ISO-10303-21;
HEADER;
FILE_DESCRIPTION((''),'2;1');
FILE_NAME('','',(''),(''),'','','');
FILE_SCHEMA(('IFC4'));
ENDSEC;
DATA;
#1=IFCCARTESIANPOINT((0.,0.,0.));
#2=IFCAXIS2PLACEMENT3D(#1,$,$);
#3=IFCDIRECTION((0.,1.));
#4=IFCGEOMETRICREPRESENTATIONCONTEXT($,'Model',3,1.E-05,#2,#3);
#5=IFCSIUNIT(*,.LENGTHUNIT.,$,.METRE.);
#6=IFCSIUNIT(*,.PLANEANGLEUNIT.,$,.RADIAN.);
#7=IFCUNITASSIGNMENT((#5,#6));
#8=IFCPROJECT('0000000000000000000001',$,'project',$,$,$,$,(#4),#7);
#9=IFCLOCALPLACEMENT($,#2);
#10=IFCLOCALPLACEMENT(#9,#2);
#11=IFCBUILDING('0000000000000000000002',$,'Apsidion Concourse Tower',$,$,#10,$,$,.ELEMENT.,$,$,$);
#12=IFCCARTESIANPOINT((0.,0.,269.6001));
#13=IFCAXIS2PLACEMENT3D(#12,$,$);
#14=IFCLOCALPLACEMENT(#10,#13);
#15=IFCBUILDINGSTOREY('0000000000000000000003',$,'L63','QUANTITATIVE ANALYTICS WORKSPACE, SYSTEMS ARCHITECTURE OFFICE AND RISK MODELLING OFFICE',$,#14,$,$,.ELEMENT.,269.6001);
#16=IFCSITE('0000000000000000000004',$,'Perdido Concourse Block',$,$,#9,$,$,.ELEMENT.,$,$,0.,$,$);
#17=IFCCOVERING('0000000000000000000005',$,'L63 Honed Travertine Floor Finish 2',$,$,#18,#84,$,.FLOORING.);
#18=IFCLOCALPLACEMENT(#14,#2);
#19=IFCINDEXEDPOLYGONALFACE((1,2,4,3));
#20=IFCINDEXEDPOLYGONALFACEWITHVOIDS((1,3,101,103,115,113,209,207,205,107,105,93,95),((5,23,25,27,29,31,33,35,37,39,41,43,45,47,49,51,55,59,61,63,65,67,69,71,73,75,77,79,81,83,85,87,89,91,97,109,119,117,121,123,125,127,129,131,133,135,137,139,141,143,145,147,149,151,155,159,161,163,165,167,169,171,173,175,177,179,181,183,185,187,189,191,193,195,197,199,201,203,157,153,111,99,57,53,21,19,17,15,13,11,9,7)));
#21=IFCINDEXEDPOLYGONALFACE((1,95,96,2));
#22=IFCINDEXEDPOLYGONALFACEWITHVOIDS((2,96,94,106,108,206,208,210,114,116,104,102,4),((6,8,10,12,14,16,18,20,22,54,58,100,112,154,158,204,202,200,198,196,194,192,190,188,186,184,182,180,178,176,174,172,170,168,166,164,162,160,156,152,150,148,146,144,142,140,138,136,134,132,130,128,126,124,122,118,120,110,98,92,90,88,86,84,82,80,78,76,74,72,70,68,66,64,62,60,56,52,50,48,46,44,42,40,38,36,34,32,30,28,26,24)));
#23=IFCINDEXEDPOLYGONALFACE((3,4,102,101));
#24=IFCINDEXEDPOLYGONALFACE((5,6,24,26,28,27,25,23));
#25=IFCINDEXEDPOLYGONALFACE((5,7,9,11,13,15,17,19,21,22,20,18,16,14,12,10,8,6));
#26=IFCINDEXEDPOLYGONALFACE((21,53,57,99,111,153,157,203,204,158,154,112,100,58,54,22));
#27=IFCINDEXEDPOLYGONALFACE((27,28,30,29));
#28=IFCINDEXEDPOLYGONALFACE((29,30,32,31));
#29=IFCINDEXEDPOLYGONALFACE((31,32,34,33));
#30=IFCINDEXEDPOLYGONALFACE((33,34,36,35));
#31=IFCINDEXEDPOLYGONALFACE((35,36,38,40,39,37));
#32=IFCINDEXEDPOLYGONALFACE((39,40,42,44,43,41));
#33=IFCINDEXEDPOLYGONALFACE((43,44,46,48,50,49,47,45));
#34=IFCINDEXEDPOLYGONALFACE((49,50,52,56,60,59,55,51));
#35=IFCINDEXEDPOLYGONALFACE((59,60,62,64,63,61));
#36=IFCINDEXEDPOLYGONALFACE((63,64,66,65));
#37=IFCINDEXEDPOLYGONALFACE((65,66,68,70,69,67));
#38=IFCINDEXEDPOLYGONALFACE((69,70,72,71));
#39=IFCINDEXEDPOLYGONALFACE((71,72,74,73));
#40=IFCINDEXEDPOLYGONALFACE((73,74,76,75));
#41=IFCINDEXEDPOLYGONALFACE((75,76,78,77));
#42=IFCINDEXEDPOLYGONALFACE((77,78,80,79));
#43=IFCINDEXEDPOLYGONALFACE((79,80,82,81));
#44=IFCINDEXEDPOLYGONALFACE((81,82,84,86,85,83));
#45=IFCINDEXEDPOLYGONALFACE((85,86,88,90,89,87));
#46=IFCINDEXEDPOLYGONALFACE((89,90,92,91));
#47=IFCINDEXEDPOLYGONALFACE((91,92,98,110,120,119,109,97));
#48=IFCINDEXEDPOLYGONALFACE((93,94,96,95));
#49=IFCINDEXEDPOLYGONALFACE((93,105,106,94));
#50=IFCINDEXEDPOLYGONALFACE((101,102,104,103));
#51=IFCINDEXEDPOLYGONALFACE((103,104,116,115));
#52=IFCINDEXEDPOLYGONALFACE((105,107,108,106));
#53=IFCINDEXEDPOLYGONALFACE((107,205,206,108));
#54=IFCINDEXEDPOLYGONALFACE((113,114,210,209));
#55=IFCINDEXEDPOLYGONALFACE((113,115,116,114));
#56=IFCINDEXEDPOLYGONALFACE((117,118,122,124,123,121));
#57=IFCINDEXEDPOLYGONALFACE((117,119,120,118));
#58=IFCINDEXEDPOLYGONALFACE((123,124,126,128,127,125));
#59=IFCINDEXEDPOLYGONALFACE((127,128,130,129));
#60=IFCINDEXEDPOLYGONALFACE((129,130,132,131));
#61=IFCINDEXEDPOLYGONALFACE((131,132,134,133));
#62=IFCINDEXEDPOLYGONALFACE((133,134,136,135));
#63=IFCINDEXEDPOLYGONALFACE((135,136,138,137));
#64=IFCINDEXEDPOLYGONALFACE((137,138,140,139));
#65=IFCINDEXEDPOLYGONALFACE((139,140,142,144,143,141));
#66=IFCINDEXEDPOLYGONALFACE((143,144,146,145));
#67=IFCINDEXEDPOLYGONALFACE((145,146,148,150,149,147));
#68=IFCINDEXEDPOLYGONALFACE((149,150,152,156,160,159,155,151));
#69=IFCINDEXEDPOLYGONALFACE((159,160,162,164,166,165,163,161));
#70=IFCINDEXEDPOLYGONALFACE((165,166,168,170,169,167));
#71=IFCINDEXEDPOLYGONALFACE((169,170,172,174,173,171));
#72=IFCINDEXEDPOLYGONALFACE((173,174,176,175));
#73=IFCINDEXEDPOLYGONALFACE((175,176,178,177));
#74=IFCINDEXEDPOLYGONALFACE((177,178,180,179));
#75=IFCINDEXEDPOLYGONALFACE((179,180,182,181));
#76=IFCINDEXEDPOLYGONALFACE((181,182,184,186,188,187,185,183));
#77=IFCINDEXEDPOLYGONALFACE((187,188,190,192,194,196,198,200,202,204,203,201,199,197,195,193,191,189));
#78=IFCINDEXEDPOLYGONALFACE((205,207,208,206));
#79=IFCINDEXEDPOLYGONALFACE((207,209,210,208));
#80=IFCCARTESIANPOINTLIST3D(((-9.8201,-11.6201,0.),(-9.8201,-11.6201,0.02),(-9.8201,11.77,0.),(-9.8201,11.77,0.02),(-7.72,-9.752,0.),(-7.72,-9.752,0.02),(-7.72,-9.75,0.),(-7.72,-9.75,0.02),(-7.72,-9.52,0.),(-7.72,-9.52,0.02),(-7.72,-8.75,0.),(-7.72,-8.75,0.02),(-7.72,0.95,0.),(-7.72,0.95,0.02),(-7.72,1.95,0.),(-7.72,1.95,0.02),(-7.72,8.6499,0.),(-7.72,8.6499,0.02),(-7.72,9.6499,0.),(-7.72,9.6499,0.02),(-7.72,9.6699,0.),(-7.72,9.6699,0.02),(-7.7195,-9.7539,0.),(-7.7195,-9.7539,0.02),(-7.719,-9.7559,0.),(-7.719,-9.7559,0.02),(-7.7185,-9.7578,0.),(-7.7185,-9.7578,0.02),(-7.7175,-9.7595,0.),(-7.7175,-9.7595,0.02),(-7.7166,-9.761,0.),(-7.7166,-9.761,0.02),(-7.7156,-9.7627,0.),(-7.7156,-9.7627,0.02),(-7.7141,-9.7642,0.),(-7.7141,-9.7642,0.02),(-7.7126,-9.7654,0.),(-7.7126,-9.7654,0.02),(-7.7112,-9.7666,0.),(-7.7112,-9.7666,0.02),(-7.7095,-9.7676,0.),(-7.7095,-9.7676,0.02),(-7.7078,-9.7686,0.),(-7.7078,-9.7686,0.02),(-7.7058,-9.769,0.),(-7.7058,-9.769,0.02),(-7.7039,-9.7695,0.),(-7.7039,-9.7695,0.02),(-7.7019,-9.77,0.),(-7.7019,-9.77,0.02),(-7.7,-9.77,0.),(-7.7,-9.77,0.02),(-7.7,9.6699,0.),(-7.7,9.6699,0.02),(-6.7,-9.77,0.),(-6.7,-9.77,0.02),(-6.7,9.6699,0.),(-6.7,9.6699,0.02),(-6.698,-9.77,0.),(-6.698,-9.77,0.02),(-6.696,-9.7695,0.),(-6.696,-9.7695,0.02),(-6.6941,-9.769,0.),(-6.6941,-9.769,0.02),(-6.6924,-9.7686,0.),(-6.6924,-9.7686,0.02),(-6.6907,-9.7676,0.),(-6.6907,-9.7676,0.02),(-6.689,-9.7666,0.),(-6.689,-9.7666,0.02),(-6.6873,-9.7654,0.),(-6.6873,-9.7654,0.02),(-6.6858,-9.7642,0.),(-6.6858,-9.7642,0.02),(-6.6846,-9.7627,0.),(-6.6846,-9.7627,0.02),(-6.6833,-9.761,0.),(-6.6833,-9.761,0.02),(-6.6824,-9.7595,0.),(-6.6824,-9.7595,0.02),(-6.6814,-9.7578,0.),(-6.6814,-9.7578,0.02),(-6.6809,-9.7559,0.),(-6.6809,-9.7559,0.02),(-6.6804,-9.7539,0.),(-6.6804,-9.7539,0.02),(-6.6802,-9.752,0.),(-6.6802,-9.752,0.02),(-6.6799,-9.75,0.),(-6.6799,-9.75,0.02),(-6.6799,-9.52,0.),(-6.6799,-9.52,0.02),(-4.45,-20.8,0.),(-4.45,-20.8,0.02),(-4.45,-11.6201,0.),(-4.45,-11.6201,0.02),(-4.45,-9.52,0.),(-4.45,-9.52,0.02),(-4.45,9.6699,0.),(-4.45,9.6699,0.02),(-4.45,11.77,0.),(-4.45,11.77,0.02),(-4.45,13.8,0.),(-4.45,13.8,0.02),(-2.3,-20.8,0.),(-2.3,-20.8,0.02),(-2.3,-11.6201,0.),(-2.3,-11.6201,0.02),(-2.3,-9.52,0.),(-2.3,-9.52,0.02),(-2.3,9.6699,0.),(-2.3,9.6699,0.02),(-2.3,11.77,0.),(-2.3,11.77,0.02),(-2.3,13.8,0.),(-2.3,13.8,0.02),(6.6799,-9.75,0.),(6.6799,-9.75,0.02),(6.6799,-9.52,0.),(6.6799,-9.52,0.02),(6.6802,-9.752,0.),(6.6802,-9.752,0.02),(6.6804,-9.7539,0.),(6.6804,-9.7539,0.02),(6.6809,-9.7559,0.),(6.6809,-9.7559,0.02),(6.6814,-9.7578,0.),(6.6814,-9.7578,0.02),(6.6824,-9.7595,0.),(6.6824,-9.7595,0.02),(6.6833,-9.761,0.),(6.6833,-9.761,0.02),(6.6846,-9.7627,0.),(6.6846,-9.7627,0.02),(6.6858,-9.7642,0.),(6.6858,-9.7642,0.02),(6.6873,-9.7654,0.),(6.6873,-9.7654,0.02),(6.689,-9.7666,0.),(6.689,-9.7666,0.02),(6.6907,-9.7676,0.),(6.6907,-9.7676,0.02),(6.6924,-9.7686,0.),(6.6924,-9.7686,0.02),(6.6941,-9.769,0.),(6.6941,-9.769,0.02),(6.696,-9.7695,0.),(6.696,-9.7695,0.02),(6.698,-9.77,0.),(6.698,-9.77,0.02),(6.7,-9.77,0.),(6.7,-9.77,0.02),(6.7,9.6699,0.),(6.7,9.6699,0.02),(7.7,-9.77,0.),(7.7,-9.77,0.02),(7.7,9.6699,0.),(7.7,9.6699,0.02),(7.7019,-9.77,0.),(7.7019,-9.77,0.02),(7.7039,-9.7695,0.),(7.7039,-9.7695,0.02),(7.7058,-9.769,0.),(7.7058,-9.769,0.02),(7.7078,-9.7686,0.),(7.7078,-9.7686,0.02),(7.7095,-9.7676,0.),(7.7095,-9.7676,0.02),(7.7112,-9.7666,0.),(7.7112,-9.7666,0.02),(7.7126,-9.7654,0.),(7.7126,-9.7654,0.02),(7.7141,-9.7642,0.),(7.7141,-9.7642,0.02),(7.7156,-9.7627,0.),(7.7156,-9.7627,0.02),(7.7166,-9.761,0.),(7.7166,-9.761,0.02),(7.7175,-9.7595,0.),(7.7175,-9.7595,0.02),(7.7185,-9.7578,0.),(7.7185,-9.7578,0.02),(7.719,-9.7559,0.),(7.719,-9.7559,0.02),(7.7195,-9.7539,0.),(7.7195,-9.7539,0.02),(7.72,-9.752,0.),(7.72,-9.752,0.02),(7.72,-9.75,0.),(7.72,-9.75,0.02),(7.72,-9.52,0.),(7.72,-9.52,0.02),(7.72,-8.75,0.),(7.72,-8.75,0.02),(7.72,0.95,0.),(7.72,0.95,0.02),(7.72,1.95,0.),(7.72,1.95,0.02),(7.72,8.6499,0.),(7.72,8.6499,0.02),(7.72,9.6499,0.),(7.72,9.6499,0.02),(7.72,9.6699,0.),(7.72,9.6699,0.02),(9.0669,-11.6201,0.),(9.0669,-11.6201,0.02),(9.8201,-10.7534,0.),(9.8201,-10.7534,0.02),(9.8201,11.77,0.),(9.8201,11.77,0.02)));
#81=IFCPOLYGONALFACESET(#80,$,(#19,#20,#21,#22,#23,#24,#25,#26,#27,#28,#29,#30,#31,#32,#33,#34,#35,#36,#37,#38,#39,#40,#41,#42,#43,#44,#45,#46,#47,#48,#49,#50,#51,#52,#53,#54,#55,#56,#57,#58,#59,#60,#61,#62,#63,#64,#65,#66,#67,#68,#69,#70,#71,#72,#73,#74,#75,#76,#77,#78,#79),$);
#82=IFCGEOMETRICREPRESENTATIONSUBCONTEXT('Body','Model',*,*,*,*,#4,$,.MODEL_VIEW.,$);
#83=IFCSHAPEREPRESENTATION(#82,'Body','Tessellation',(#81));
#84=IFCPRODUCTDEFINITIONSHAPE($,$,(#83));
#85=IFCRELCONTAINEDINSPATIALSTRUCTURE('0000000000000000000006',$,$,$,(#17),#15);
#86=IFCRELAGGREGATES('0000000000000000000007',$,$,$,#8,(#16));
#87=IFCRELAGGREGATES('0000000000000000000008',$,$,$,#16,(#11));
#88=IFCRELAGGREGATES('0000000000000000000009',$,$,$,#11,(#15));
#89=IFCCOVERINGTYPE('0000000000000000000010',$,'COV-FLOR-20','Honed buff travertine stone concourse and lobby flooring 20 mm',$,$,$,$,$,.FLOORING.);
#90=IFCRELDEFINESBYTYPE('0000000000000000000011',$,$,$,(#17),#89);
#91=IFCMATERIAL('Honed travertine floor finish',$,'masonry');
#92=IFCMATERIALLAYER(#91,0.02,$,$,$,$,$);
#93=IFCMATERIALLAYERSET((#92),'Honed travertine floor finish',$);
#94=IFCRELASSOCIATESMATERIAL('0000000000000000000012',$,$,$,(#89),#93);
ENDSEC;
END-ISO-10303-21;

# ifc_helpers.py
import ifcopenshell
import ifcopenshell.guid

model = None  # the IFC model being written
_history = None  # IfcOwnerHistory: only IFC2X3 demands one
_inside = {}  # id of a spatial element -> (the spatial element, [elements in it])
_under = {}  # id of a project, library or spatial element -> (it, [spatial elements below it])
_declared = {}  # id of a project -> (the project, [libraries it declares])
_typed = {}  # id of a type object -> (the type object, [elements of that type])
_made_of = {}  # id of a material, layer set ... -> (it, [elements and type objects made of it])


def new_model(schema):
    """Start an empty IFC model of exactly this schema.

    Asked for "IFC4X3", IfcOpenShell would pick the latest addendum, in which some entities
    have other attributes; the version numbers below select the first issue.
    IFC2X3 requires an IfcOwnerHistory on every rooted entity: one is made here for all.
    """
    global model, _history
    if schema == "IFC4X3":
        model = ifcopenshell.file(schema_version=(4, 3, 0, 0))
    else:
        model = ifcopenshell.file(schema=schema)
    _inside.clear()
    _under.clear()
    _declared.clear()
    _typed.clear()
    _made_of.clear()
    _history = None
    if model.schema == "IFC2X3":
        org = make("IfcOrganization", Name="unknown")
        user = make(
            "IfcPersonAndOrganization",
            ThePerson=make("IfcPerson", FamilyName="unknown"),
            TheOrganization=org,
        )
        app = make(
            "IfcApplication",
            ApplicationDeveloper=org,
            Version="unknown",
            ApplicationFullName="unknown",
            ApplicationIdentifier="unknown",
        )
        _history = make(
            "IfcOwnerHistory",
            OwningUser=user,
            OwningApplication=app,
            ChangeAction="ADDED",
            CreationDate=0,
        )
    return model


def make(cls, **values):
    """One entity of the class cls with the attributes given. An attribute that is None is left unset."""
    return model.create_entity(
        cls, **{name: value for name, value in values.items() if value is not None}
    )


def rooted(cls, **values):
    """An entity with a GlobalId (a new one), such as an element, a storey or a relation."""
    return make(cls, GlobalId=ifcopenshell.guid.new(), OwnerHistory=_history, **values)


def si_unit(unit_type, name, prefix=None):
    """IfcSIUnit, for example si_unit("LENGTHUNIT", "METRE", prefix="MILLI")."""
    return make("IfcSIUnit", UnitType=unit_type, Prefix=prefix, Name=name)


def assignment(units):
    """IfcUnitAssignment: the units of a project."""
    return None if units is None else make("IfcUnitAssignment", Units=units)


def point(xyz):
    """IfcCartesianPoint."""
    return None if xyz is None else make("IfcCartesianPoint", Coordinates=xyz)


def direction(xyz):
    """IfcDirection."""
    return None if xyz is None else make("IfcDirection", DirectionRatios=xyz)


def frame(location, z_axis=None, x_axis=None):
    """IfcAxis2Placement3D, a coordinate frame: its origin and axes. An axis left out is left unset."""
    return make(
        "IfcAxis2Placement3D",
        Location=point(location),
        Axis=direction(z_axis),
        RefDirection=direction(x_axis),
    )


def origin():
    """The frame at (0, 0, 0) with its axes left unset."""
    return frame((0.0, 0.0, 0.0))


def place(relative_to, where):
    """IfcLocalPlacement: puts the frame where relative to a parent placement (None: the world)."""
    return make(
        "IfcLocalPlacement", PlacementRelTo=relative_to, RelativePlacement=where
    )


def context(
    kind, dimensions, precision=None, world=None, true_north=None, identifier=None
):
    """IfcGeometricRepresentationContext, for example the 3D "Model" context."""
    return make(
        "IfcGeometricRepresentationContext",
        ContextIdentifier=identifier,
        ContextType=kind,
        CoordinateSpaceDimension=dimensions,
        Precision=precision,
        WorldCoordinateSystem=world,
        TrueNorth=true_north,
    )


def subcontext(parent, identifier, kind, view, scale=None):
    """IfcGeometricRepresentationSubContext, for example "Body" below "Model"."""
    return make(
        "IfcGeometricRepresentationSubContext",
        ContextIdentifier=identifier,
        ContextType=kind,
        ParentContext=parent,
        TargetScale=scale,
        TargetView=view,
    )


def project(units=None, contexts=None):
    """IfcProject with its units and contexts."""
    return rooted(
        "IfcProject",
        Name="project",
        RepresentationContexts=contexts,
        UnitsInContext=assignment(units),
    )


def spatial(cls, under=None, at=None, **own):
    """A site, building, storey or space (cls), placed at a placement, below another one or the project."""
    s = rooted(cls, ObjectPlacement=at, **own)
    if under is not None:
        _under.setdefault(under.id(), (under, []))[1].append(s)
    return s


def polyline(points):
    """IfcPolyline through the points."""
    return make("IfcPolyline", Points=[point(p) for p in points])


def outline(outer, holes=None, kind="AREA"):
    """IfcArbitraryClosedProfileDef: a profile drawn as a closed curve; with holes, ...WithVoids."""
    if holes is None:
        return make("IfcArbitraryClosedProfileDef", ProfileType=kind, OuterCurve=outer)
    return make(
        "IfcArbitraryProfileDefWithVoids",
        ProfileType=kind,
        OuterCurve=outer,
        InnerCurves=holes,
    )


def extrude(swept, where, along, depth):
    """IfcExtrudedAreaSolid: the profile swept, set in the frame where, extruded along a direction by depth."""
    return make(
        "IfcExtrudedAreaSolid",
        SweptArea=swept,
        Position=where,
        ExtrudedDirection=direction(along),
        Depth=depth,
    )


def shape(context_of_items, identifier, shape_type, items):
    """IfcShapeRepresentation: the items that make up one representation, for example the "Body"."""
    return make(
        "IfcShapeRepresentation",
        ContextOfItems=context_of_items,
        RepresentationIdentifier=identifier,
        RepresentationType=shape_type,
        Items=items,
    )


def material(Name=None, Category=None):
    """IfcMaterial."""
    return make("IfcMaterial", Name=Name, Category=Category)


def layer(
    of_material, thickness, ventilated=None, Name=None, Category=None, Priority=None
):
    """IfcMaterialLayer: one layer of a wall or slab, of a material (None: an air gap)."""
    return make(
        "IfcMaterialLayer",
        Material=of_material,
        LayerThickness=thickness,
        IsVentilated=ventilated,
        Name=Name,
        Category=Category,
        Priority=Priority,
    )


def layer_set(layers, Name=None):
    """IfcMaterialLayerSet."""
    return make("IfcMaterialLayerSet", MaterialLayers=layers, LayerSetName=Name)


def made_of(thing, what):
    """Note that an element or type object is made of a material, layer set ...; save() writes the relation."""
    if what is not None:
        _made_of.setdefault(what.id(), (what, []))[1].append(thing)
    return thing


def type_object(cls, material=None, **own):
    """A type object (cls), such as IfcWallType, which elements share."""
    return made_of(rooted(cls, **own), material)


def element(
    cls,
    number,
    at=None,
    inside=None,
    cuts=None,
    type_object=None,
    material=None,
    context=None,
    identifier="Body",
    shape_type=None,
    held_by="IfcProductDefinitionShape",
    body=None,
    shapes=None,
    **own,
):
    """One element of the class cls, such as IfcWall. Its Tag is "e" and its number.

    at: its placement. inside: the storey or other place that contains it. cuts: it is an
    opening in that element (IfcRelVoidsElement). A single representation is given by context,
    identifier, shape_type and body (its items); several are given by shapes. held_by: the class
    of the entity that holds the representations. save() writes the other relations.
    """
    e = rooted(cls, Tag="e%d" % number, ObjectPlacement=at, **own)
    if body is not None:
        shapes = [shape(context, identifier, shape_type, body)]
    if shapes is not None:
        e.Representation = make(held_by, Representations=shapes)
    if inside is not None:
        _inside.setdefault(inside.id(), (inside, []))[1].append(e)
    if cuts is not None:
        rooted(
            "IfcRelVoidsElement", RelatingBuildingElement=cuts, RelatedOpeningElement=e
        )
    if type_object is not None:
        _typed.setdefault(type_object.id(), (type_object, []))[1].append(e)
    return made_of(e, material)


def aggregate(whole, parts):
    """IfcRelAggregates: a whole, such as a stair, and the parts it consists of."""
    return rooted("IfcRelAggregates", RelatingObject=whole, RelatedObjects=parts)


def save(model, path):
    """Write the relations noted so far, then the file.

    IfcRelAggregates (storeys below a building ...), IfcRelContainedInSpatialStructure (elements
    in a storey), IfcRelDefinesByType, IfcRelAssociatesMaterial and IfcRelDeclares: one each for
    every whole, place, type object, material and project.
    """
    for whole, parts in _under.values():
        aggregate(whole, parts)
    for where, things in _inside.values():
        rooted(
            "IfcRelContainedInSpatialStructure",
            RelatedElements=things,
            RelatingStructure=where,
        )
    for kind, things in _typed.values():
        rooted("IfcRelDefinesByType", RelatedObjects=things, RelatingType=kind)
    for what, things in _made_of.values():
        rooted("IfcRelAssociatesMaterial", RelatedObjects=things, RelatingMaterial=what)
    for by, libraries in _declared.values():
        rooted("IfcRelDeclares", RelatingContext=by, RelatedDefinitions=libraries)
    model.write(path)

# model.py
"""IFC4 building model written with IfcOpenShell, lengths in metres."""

from ifc_helpers import new_model, si_unit, direction, frame, origin, place, context, subcontext, project, spatial, polyline, outline, extrude, material, layer, layer_set, type_object, element, save


model = new_model("IFC4")

# Units and contexts
model_context = context("Model", 3, precision=1e-05, world=origin(), true_north=direction((0.0, 1.0)))
body_context = subcontext(model_context, "Body", "Model", "MODEL_VIEW")
ifc_project = project(units=[si_unit("LENGTHUNIT", "METRE"), si_unit("PLANEANGLEUNIT", "RADIAN")], contexts=[model_context])

# Site, building, storey
site_placement = place(None, origin())
site = spatial("IfcSite", under=ifc_project, at=site_placement, Name="Perdido Concourse Block", CompositionType="ELEMENT", RefElevation=0.0)
building_placement = place(site_placement, origin())
building = spatial("IfcBuilding", under=site, at=building_placement, Name="Apsidion Concourse Tower", CompositionType="ELEMENT")
storey_placement = place(building_placement, frame((0.0, 0.0, 269.6001)))
storey = spatial("IfcBuildingStorey", under=building, at=storey_placement, Name="L63", Description="QUANTITATIVE ANALYTICS WORKSPACE, SYSTEMS ARCHITECTURE OFFICE AND RISK MODELLING OFFICE", CompositionType="ELEMENT", Elevation=269.6001)

# Covering
ifc_material_1 = material(Name="Honed travertine floor finish", Category="masonry")
ifc_layer_1 = layer(ifc_material_1, 0.02)
ifc_layer_set_1 = layer_set([ifc_layer_1], Name="Honed travertine floor finish")
covering_type_1 = type_object("IfcCoveringType", Name="COV-FLOR-20", Description="Honed buff travertine stone concourse and lobby flooring 20 mm", PredefinedType="FLOORING", material=ifc_layer_set_1)
covering_1_placement = place(storey_placement, origin())
element("IfcCovering", 1, at=covering_1_placement, inside=storey, type_object=covering_type_1, Name="L63 Honed Travertine Floor Finish 2", PredefinedType="FLOORING", context=body_context, shape_type="SweptSolid", body=[
    extrude(outline(polyline([(-9.8201, -11.6201), (-9.8201, 11.77), (-4.45, 11.77), (-4.45, 13.8), (-2.3, 13.8), (-2.3, 11.77), (9.8201, 11.77), (9.8201, -10.7534), (9.0669, -11.6201), (-2.3, -11.6201), (-2.3, -20.8), (-4.45, -20.8), (-4.45, -11.6201), (-9.8201, -11.6201)]), holes=[polyline([(7.7, 9.6699), (6.7, 9.6699), (-2.3, 9.6699), (-4.45, 9.6699), (-6.7, 9.6699), (-7.7, 9.6699), (-7.72, 9.6699), (-7.72, 9.6499), (-7.72, 8.6499), (-7.72, 1.95), (-7.72, 0.95), (-7.72, -8.75), (-7.72, -9.52), (-7.72, -9.75), (-7.72, -9.752), (-7.7195, -9.7539), (-7.719, -9.7559), (-7.7185, -9.7578), (-7.7175, -9.7595), (-7.7166, -9.761), (-7.7156, -9.7627), (-7.7141, -9.7642), (-7.7126, -9.7654), (-7.7112, -9.7666), (-7.7095, -9.7676), (-7.7078, -9.7686), (-7.7058, -9.769), (-7.7039, -9.7695), (-7.7019, -9.77), (-7.7, -9.77), (-6.7, -9.77), (-6.698, -9.77), (-6.696, -9.7695), (-6.6941, -9.769), (-6.6924, -9.7686), (-6.6907, -9.7676), (-6.689, -9.7666), (-6.6873, -9.7654), (-6.6858, -9.7642), (-6.6846, -9.7627), (-6.6833, -9.761), (-6.6824, -9.7595), (-6.6814, -9.7578), (-6.6809, -9.7559), (-6.6804, -9.7539), (-6.6802, -9.752), (-6.6799, -9.75), (-6.6799, -9.52), (-4.45, -9.52), (-2.3, -9.52), (6.6799, -9.52), (6.6799, -9.75), (6.6802, -9.752), (6.6804, -9.7539), (6.6809, -9.7559), (6.6814, -9.7578), (6.6824, -9.7595), (6.6833, -9.761), (6.6846, -9.7627), (6.6858, -9.7642), (6.6873, -9.7654), (6.689, -9.7666), (6.6907, -9.7676), (6.6924, -9.7686), (6.6941, -9.769), (6.696, -9.7695), (6.698, -9.77), (6.7, -9.77), (7.7, -9.77), (7.7019, -9.77), (7.7039, -9.7695), (7.7058, -9.769), (7.7078, -9.7686), (7.7095, -9.7676), (7.7112, -9.7666), (7.7126, -9.7654), (7.7141, -9.7642), (7.7156, -9.7627), (7.7166, -9.761), (7.7175, -9.7595), (7.7185, -9.7578), (7.719, -9.7559), (7.7195, -9.7539), (7.72, -9.752), (7.72, -9.75), (7.72, -9.52), (7.72, -8.75), (7.72, 0.95), (7.72, 1.95), (7.72, 8.6499), (7.72, 9.6499), (7.72, 9.6699), (7.7, 9.6699)])]), origin(), (0.0, 0.0, 1.0), 0.02),
])

save(model, "model.ifc")
